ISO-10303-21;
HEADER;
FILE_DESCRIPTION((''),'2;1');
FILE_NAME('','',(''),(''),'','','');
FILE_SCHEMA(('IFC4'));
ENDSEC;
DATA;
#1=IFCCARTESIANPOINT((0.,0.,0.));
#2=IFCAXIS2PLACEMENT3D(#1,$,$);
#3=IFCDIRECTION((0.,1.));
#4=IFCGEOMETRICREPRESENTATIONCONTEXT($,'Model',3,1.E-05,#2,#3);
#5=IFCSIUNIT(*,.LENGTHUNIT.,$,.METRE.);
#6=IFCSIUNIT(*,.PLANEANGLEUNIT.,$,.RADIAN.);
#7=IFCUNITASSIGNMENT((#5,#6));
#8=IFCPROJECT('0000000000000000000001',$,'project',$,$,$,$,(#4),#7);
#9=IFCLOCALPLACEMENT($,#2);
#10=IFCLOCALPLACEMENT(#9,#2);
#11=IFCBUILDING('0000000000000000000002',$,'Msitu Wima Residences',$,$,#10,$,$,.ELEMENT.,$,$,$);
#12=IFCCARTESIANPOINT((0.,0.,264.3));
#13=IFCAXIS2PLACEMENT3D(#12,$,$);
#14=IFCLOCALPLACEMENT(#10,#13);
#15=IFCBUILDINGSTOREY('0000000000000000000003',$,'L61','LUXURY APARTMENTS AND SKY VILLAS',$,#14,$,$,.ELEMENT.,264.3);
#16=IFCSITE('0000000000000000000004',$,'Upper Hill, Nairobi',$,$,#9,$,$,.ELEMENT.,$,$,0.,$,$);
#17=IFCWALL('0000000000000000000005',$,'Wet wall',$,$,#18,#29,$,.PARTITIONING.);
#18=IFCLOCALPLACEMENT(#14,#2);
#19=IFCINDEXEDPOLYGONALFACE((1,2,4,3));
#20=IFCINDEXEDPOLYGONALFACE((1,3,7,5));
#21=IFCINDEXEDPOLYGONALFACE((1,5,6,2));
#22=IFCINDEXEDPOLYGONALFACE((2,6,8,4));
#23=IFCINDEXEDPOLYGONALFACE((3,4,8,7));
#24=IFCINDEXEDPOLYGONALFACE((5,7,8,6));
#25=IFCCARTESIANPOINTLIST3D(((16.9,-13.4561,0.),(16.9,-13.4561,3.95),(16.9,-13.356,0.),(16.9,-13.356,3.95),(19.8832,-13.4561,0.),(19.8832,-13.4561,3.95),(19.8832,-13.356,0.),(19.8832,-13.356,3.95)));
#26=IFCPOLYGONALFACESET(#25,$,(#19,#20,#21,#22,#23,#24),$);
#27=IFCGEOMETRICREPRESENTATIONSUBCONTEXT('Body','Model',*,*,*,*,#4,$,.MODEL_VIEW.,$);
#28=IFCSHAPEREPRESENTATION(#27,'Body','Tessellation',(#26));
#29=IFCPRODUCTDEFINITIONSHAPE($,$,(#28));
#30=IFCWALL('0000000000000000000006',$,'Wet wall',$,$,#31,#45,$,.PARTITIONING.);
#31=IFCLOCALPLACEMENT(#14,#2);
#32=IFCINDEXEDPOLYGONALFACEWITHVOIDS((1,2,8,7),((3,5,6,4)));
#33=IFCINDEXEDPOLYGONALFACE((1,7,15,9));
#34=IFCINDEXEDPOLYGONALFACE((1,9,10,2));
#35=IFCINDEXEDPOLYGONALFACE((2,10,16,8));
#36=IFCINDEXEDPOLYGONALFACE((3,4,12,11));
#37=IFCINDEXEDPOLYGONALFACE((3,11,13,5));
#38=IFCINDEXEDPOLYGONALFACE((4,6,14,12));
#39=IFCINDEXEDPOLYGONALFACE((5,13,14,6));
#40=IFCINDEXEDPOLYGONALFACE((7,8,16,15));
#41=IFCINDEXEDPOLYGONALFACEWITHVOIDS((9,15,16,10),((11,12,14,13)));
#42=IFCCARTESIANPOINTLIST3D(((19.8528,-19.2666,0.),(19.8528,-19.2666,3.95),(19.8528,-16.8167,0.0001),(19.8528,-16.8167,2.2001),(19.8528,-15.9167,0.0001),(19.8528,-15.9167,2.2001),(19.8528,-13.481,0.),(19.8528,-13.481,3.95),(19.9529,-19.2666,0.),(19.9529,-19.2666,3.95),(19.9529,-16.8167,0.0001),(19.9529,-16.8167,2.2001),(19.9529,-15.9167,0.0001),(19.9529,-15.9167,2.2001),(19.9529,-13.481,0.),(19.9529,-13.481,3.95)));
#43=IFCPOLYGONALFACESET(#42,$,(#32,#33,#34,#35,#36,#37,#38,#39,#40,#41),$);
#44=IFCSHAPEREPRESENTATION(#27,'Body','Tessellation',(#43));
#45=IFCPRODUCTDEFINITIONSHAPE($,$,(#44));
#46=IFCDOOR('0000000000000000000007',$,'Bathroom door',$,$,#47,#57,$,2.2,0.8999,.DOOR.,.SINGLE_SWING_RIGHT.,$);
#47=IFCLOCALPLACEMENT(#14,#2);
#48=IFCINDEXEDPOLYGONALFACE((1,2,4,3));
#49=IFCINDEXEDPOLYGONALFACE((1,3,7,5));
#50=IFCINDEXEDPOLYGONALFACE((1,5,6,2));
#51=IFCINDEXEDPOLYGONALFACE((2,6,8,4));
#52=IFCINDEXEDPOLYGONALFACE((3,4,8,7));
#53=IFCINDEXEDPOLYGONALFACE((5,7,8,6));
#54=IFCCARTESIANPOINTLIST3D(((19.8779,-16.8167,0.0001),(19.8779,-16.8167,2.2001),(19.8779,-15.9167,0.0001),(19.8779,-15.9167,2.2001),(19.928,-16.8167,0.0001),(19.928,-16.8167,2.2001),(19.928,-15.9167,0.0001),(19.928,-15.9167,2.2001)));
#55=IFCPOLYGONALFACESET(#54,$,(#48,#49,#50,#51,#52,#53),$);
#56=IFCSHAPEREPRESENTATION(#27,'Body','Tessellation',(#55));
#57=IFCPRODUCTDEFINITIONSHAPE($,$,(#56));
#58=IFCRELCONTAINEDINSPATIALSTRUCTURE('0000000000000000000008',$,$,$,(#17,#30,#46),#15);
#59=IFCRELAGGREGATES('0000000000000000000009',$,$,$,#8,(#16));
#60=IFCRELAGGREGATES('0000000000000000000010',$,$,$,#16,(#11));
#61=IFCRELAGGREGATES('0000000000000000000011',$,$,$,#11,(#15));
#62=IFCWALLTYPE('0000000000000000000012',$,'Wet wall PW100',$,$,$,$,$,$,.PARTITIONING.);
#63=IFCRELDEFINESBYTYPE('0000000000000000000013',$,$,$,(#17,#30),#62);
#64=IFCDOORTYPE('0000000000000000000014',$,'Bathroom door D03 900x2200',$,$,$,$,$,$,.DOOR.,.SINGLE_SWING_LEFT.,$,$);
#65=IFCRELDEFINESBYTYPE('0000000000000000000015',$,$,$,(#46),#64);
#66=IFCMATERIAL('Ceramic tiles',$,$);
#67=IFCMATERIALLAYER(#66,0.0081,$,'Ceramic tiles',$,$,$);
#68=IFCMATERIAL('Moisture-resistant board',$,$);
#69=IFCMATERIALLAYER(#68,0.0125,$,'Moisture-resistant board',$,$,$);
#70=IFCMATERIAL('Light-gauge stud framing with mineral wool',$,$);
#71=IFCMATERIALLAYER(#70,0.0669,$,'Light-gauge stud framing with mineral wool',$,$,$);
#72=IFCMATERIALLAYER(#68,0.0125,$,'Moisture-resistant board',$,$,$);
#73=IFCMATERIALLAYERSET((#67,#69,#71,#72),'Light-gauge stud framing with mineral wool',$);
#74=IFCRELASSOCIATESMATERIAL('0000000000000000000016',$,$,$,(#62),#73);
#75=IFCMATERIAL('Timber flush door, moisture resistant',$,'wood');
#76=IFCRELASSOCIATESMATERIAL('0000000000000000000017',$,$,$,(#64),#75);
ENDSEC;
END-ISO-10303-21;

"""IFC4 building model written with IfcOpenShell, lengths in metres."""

from ifc_helpers import new_model, si_unit, direction, frame, frame_2d, origin, place, context, subcontext, project, spatial, rectangle, extrude, material, layer, layer_set, type_object, element, fill, save


model = new_model("IFC4")

# Units and contexts
model_context = context("Model", 3, precision=1e-05, world=origin(), true_north=direction((0.0, 1.0)))
body_context = subcontext(model_context, "Body", "Model", "MODEL_VIEW")
ifc_project = project(units=[si_unit("LENGTHUNIT", "METRE"), si_unit("PLANEANGLEUNIT", "RADIAN")], contexts=[model_context])

# Site, building, storey
site_placement = place(None, origin())
site = spatial("IfcSite", under=ifc_project, at=site_placement, Name="Upper Hill, Nairobi", CompositionType="ELEMENT", RefElevation=0.0)
building_placement = place(site_placement, origin())
building = spatial("IfcBuilding", under=site, at=building_placement, Name="Msitu Wima Residences", CompositionType="ELEMENT")
storey_placement = place(building_placement, frame((0.0, 0.0, 264.3)))
storey = spatial("IfcBuildingStorey", under=building, at=storey_placement, Name="L61", Description="LUXURY APARTMENTS AND SKY VILLAS", CompositionType="ELEMENT", Elevation=264.3)

# Wall
ifc_material_1 = material(Name="Ceramic tiles")
ifc_layer_1 = layer(ifc_material_1, 0.0081, Name="Ceramic tiles")
ifc_material_2 = material(Name="Moisture-resistant board")
ifc_layer_2 = layer(ifc_material_2, 0.0125, Name="Moisture-resistant board")
ifc_material_3 = material(Name="Light-gauge stud framing with mineral wool")
ifc_layer_3 = layer(ifc_material_3, 0.0669, Name="Light-gauge stud framing with mineral wool")
ifc_layer_4 = layer(ifc_material_2, 0.0125, Name="Moisture-resistant board")
ifc_layer_set_1 = layer_set([ifc_layer_1, ifc_layer_2, ifc_layer_3, ifc_layer_4], Name="Light-gauge stud framing with mineral wool")
wall_type_1 = type_object("IfcWallType", Name="Wet wall PW100", PredefinedType="PARTITIONING", material=ifc_layer_set_1)
wall_1_placement = place(storey_placement, frame((16.8999, -13.406, 0.0), z_axis=(0.0, 0.0, 1.0), x_axis=(1.0, 0.0, 0.0)))
element("IfcWall", 1, at=wall_1_placement, inside=storey, type_object=wall_type_1, Name="Wet wall", PredefinedType="PARTITIONING", context=body_context, shape_type="SweptSolid", body=[
    extrude(rectangle(XDim=2.9832, YDim=0.1001, at=frame_2d((1.4917, 0.0))), origin(), (0.0, 0.0, 1.0), 3.95),
])

# Wall, opening, door
wall_2_placement = place(storey_placement, frame((19.9028, -19.2666, 0.0), z_axis=(0.0, 0.0, 1.0), x_axis=(0.0, 1.0, 0.0)))
wall_2 = element("IfcWall", 2, at=wall_2_placement, inside=storey, type_object=wall_type_1, Name="Wet wall", PredefinedType="PARTITIONING", context=body_context, shape_type="SweptSolid", body=[
    extrude(rectangle(XDim=5.7856, YDim=0.1001, at=frame_2d((2.8928, 0.0))), origin(), (0.0, 0.0, 1.0), 3.95),
])
opening_1_placement = place(wall_2_placement, frame((2.45, 0.0, 0.0)))
opening_1 = element("IfcOpeningElement", 3, at=opening_1_placement, cuts=wall_2, PredefinedType="OPENING", context=body_context, shape_type="SweptSolid", body=[
    extrude(rectangle(XDim=0.8999, YDim=2.2, at=frame_2d((0.45, 1.1001))), frame((0.0, 0.0601, 0.0), z_axis=(0.0, -1.0, 0.0), x_axis=(1.0, 0.0, 0.0)), (0.0, 0.0, 1.0), 0.1201),
])
ifc_material_4 = material(Name="Timber flush door, moisture resistant", Category="wood")
door_type_1 = type_object("IfcDoorType", Name="Bathroom door D03 900x2200", OperationType="SINGLE_SWING_LEFT", PredefinedType="DOOR", material=ifc_material_4)
door_1_placement = place(opening_1_placement, origin())
door_1 = element("IfcDoor", 4, at=door_1_placement, inside=storey, type_object=door_type_1, Name="Bathroom door", OperationType="SINGLE_SWING_RIGHT", OverallHeight=2.2, OverallWidth=0.8999, PredefinedType="DOOR", context=body_context, shape_type="SweptSolid", body=[
    extrude(rectangle(XDim=0.8999, YDim=2.2, at=frame_2d((0.45, 1.1001))), frame((0.0, 0.0249, 0.0), z_axis=(0.0, -1.0, 0.0), x_axis=(1.0, 0.0, 0.0)), (0.0, 0.0, 1.0), 0.05),
])
fill(opening_1, door_1)

save(model, "model.ifc")
